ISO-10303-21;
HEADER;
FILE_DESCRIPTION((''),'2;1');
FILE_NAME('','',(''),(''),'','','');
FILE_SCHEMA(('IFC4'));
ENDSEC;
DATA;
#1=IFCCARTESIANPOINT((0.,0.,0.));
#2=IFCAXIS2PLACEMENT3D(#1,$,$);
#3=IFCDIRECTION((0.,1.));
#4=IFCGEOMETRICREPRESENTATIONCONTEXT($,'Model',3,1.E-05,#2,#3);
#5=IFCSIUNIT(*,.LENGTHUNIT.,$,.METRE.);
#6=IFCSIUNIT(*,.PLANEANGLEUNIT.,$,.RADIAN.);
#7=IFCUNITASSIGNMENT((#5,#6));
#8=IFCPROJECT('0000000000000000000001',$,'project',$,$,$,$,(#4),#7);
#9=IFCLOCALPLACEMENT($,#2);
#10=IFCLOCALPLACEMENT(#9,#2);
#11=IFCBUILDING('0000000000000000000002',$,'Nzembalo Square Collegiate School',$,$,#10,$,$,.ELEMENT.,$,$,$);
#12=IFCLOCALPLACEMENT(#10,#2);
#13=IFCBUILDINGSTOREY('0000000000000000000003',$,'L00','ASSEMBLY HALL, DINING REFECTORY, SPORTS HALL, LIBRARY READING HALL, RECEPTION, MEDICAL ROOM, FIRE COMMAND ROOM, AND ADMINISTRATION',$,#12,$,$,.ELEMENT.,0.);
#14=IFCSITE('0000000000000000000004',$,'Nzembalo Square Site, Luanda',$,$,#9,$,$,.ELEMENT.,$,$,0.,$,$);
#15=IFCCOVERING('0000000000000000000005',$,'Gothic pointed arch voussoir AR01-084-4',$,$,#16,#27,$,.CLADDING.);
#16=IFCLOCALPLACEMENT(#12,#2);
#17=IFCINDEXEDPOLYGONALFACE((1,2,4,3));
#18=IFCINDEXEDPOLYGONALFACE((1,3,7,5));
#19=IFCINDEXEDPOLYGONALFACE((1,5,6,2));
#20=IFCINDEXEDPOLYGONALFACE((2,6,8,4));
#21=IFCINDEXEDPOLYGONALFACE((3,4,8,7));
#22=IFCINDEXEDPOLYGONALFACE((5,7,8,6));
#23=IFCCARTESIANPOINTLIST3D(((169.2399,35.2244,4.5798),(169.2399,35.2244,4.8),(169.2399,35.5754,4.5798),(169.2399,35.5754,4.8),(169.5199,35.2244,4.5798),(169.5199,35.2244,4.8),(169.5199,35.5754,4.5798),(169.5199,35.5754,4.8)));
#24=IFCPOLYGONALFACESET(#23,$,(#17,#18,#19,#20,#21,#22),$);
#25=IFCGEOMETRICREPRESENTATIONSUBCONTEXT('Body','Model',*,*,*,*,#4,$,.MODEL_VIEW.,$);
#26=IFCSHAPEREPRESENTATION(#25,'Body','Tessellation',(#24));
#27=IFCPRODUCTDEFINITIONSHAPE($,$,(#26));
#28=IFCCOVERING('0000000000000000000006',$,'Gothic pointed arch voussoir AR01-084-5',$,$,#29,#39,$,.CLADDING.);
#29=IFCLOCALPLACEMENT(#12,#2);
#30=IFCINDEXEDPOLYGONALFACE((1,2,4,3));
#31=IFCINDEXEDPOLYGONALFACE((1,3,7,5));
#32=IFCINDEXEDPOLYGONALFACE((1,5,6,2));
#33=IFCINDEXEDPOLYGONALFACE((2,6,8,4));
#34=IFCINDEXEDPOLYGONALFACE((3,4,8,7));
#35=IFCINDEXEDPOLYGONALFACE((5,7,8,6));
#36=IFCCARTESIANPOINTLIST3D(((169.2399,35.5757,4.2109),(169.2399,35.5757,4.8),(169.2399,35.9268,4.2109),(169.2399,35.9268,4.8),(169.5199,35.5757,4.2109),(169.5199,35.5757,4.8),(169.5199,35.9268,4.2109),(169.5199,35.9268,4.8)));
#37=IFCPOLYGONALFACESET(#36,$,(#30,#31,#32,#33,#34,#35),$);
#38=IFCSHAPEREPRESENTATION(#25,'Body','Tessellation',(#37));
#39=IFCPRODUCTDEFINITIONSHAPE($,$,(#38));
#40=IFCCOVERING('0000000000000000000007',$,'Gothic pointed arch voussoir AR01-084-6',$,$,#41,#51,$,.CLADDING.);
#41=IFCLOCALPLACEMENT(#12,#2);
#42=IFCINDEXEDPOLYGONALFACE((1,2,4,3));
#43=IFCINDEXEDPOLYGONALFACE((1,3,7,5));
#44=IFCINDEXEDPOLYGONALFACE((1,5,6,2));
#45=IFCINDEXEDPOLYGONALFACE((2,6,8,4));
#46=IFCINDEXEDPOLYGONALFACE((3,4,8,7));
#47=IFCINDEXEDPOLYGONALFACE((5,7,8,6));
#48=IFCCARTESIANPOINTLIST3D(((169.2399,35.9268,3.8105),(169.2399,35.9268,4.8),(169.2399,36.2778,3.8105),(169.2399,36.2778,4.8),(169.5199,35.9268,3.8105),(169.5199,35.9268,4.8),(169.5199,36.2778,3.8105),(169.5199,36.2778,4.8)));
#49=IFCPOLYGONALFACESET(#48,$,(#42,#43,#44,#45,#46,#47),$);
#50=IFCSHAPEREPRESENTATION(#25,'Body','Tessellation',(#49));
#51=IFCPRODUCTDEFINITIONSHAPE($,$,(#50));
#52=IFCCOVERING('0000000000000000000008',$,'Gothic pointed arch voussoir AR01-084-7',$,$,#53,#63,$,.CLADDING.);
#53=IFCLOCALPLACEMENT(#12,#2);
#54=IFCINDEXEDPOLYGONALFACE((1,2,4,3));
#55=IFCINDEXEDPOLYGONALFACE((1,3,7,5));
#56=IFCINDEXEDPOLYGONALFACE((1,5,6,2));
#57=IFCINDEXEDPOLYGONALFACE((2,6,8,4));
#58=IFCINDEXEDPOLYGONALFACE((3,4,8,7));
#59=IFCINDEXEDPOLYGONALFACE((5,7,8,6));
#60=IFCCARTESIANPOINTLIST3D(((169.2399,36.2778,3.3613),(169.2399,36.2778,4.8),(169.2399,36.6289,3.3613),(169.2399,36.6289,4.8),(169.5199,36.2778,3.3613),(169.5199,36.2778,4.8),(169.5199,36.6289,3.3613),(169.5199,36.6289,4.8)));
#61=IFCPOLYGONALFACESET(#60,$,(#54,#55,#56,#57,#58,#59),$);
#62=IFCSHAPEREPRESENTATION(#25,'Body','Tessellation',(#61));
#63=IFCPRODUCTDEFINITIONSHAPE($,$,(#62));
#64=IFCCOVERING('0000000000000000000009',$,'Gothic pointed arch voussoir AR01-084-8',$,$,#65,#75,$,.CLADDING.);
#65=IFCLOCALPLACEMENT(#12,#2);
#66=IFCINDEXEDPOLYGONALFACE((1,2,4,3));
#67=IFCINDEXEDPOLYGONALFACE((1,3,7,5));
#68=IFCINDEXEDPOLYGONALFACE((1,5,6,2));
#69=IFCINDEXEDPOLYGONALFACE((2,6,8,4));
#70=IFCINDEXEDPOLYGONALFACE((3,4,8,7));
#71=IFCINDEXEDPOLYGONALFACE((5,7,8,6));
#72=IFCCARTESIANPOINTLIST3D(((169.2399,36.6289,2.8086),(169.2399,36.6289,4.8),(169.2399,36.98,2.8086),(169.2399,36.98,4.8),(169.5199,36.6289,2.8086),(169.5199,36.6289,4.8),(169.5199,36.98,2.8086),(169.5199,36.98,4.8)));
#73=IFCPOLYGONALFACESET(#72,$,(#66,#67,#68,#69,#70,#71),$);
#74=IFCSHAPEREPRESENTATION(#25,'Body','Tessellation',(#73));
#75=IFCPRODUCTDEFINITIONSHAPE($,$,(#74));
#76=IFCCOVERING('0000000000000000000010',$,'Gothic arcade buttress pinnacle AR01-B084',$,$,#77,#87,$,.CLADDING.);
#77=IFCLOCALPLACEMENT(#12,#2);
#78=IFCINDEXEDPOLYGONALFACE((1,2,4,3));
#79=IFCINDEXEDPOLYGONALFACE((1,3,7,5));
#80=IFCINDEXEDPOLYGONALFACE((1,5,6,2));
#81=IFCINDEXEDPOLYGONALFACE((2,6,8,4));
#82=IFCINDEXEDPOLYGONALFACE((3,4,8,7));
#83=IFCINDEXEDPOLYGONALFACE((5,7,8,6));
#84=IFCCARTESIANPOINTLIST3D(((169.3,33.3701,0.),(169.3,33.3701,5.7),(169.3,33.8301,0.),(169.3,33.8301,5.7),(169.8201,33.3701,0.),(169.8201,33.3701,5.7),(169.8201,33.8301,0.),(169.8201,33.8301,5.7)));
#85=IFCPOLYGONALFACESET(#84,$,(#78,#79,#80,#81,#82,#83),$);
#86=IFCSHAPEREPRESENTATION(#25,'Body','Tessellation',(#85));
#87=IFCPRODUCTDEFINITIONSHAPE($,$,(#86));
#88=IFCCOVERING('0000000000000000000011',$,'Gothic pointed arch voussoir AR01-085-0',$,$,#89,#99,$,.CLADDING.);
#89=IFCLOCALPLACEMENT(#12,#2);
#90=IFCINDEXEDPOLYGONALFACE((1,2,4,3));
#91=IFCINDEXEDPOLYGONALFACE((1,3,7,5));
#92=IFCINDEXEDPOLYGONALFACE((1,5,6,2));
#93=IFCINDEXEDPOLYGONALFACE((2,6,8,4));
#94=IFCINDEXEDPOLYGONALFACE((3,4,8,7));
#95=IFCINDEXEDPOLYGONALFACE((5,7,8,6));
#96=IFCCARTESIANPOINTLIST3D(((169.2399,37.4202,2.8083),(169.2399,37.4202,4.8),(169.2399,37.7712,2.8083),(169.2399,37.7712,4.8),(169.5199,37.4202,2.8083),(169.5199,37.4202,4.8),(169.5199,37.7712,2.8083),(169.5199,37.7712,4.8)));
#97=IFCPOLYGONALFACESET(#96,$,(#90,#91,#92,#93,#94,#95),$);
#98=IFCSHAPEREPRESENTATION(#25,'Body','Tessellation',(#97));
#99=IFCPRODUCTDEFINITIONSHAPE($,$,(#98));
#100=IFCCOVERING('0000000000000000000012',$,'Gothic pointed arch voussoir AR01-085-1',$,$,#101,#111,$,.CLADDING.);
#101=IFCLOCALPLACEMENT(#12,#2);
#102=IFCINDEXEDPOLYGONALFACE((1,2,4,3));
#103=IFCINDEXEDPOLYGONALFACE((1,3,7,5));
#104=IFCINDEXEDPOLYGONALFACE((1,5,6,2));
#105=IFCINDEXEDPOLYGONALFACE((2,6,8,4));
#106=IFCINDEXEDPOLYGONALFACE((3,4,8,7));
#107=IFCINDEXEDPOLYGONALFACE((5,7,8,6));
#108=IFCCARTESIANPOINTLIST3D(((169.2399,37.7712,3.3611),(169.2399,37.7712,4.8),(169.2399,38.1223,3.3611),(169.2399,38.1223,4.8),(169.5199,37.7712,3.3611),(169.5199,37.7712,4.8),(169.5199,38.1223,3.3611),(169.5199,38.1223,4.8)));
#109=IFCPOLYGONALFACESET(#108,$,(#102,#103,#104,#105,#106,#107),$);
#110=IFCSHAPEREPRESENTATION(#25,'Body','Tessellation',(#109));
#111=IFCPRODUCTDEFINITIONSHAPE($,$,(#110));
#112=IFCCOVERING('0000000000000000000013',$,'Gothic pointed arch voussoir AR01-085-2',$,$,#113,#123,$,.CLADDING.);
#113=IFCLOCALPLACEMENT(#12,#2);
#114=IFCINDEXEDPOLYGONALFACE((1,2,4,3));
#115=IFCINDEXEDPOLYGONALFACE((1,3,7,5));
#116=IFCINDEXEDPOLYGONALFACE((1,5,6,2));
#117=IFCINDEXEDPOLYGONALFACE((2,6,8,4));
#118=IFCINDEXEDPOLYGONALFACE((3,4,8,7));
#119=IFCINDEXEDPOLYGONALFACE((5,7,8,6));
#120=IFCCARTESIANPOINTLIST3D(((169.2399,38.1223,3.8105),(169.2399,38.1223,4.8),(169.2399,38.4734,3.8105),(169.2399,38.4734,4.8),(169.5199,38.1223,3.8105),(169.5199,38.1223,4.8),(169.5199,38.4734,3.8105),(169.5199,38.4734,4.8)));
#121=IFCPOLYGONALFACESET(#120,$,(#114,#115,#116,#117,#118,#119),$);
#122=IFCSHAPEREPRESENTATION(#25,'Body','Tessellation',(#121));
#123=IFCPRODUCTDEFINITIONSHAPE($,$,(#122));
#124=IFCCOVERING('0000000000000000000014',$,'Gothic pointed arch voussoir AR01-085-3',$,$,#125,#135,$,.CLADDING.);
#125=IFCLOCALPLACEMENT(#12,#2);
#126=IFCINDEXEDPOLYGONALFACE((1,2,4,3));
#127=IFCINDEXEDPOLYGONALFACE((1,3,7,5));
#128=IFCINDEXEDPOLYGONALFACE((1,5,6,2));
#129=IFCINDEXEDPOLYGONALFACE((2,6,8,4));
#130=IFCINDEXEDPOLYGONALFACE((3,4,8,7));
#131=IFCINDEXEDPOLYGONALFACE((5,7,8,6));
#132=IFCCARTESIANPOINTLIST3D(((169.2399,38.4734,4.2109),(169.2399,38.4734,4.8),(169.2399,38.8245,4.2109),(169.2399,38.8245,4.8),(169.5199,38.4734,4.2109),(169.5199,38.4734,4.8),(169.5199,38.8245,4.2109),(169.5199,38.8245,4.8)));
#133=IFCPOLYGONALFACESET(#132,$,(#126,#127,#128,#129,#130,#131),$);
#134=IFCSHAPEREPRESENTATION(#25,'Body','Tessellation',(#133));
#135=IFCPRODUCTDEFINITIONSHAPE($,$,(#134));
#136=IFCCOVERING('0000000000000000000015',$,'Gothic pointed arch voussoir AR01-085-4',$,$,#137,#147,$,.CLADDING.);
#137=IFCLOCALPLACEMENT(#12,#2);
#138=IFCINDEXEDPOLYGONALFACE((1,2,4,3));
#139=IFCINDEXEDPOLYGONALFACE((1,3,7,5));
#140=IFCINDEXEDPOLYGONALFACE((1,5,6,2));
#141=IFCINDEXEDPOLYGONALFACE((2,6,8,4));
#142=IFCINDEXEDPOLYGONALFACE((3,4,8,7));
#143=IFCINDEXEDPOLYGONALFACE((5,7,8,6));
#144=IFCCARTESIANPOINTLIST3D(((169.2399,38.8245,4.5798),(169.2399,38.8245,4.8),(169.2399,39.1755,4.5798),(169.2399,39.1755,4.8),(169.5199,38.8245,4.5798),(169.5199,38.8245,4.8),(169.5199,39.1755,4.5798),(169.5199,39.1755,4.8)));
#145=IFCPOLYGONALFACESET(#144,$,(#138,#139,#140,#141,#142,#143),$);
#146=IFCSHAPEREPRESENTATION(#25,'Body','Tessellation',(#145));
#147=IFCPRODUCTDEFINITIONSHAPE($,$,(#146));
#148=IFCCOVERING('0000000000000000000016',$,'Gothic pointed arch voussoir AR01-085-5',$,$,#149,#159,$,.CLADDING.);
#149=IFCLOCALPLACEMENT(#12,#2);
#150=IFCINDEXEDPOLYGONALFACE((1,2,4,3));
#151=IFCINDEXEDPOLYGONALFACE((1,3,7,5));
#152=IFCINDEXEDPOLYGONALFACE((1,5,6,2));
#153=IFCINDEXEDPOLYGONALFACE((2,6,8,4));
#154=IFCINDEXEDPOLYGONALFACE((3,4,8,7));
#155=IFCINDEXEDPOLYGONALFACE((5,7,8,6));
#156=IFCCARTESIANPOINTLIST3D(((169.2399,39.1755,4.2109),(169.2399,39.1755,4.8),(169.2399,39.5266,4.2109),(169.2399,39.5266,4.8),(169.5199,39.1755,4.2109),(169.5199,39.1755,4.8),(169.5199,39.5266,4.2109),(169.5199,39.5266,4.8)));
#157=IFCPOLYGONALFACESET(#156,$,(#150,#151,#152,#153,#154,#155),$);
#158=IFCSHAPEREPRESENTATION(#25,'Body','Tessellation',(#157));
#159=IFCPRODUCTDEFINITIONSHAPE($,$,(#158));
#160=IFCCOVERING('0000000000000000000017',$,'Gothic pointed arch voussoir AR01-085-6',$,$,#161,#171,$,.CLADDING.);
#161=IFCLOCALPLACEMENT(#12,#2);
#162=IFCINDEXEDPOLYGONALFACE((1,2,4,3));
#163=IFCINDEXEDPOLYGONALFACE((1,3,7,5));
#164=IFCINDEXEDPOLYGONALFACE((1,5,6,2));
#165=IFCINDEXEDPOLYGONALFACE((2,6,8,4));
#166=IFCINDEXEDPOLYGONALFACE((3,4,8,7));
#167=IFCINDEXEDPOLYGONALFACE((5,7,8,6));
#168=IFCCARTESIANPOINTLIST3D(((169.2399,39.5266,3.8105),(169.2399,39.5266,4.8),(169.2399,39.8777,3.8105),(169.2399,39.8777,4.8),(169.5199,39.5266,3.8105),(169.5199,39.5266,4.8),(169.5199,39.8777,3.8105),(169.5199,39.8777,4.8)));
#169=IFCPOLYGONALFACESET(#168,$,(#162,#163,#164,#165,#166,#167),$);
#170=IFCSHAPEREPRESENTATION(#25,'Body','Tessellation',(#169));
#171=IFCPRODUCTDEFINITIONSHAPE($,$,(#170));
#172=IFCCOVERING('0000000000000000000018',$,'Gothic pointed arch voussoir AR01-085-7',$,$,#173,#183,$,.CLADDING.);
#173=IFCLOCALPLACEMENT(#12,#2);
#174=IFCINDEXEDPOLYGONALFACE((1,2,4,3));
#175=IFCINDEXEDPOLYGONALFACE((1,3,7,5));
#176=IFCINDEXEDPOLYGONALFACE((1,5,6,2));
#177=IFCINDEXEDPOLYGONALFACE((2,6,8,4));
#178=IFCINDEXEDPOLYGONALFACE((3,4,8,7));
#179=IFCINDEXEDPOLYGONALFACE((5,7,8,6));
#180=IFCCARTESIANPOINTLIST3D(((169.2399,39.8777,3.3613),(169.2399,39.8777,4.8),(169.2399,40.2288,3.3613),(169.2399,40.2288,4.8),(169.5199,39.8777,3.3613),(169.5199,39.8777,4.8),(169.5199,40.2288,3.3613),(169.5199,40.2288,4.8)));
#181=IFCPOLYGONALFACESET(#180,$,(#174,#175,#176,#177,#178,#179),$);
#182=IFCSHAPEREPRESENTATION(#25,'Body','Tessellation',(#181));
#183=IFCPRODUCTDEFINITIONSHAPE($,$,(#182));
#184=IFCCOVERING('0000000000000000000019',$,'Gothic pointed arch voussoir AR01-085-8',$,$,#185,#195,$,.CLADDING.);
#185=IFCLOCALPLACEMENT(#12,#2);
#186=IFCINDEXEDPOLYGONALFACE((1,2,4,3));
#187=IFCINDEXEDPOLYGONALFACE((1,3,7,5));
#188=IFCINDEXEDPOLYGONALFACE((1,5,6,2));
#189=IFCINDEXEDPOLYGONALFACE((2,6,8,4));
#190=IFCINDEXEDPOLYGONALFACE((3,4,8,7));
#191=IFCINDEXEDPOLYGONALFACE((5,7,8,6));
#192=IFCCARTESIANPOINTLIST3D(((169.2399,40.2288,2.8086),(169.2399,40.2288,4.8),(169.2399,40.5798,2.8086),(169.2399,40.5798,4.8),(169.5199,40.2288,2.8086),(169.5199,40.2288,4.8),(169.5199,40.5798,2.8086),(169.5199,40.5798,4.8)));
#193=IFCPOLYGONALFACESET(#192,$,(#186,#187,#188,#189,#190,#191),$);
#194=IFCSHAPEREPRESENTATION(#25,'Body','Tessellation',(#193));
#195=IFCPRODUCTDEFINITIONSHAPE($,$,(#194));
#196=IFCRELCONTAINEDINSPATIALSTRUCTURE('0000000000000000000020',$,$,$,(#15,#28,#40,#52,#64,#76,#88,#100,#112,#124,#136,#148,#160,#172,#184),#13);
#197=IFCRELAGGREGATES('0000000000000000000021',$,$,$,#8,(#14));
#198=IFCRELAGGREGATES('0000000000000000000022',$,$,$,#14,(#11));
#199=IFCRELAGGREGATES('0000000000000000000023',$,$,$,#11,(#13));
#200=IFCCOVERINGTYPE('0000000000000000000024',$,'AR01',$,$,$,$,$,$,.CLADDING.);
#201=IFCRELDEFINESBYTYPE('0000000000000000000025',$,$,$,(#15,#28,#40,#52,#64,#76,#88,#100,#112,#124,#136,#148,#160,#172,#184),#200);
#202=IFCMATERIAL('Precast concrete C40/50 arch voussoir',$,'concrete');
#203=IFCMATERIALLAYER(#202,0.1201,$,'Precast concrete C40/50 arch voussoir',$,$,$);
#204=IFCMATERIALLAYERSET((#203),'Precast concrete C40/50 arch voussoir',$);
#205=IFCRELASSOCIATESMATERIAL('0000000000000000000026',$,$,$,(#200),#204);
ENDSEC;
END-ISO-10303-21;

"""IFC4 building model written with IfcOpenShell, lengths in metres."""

from ifc_helpers import new_model, si_unit, direction, frame, origin, origin_2d, place, context, subcontext, project, spatial, rectangle, extrude, material, layer, layer_set, type_object, element, save


model = new_model("IFC4")

# Units and contexts
model_context = context("Model", 3, precision=1e-05, world=origin(), true_north=direction((0.0, 1.0)))
body_context = subcontext(model_context, "Body", "Model", "MODEL_VIEW")
ifc_project = project(units=[si_unit("LENGTHUNIT", "METRE"), si_unit("PLANEANGLEUNIT", "RADIAN")], contexts=[model_context])

# Site, building, storey
site_placement = place(None, origin())
site = spatial("IfcSite", under=ifc_project, at=site_placement, Name="Nzembalo Square Site, Luanda", CompositionType="ELEMENT", RefElevation=0.0)
building_placement = place(site_placement, origin())
building = spatial("IfcBuilding", under=site, at=building_placement, Name="Nzembalo Square Collegiate School", CompositionType="ELEMENT")
storey_placement = place(building_placement, origin())
storey = spatial("IfcBuildingStorey", under=building, at=storey_placement, Name="L00", Description="ASSEMBLY HALL, DINING REFECTORY, SPORTS HALL, LIBRARY READING HALL, RECEPTION, MEDICAL ROOM, FIRE COMMAND ROOM, AND ADMINISTRATION", CompositionType="ELEMENT", Elevation=0.0)

# Coverings
ifc_material = material(Name="Precast concrete C40/50 arch voussoir", Category="concrete")
ifc_layer = layer(ifc_material, 0.1201, Name="Precast concrete C40/50 arch voussoir")
ifc_layer_set = layer_set([ifc_layer], Name="Precast concrete C40/50 arch voussoir")
covering_type = type_object("IfcCoveringType", Name="AR01", PredefinedType="CLADDING", material=ifc_layer_set)
covering_1_placement = place(storey_placement, frame((169.3799, 35.3999, 4.5798), z_axis=(0.0, 0.0, 1.0), x_axis=(1.0, 0.0, 0.0)))
element("IfcCovering", 1, at=covering_1_placement, inside=storey, type_object=covering_type, Name="Gothic pointed arch voussoir AR01-084-4", PredefinedType="CLADDING", context=body_context, shape_type="SweptSolid", body=[
    extrude(rectangle(XDim=0.28, YDim=0.3511, at=origin_2d()), origin(), (0.0, 0.0, 1.0), 0.2202),
])
covering_2_placement = place(storey_placement, frame((169.3799, 35.7512, 4.2109), z_axis=(0.0, 0.0, 1.0), x_axis=(1.0, 0.0, 0.0)))
element("IfcCovering", 2, at=covering_2_placement, inside=storey, type_object=covering_type, Name="Gothic pointed arch voussoir AR01-084-5", PredefinedType="CLADDING", context=body_context, shape_type="SweptSolid", body=[
    extrude(rectangle(XDim=0.28, YDim=0.3511, at=origin_2d()), origin(), (0.0, 0.0, 1.0), 0.5891),
])
covering_3_placement = place(storey_placement, frame((169.3799, 36.1023, 3.8105), z_axis=(0.0, 0.0, 1.0), x_axis=(1.0, 0.0, 0.0)))
element("IfcCovering", 3, at=covering_3_placement, inside=storey, type_object=covering_type, Name="Gothic pointed arch voussoir AR01-084-6", PredefinedType="CLADDING", context=body_context, shape_type="SweptSolid", body=[
    extrude(rectangle(XDim=0.28, YDim=0.3511, at=origin_2d()), origin(), (0.0, 0.0, 1.0), 0.9895),
])
covering_4_placement = place(storey_placement, frame((169.3799, 36.4534, 3.3613), z_axis=(0.0, 0.0, 1.0), x_axis=(1.0, 0.0, 0.0)))
element("IfcCovering", 4, at=covering_4_placement, inside=storey, type_object=covering_type, Name="Gothic pointed arch voussoir AR01-084-7", PredefinedType="CLADDING", context=body_context, shape_type="SweptSolid", body=[
    extrude(rectangle(XDim=0.28, YDim=0.3511, at=origin_2d()), origin(), (0.0, 0.0, 1.0), 1.4387),
])
covering_5_placement = place(storey_placement, frame((169.3799, 36.8044, 2.8086), z_axis=(0.0, 0.0, 1.0), x_axis=(1.0, 0.0, 0.0)))
element("IfcCovering", 5, at=covering_5_placement, inside=storey, type_object=covering_type, Name="Gothic pointed arch voussoir AR01-084-8", PredefinedType="CLADDING", context=body_context, shape_type="SweptSolid", body=[
    extrude(rectangle(XDim=0.28, YDim=0.3511, at=origin_2d()), origin(), (0.0, 0.0, 1.0), 1.9915),
])
covering_6_placement = place(storey_placement, frame((169.5601, 33.6001, 0.0), z_axis=(0.0, 0.0, 1.0), x_axis=(1.0, 0.0, 0.0)))
element("IfcCovering", 6, at=covering_6_placement, inside=storey, type_object=covering_type, Name="Gothic arcade buttress pinnacle AR01-B084", PredefinedType="CLADDING", context=body_context, shape_type="SweptSolid", body=[
    extrude(rectangle(XDim=0.52, YDim=0.46, at=origin_2d()), origin(), (0.0, 0.0, 1.0), 5.7),
])
covering_7_placement = place(storey_placement, frame((169.3799, 37.5957, 2.8083), z_axis=(0.0, 0.0, 1.0), x_axis=(1.0, 0.0, 0.0)))
element("IfcCovering", 7, at=covering_7_placement, inside=storey, type_object=covering_type, Name="Gothic pointed arch voussoir AR01-085-0", PredefinedType="CLADDING", context=body_context, shape_type="SweptSolid", body=[
    extrude(rectangle(XDim=0.28, YDim=0.3511, at=origin_2d()), origin(), (0.0, 0.0, 1.0), 1.9917),
])
covering_8_placement = place(storey_placement, frame((169.3799, 37.9468, 3.3611), z_axis=(0.0, 0.0, 1.0), x_axis=(1.0, 0.0, 0.0)))
element("IfcCovering", 8, at=covering_8_placement, inside=storey, type_object=covering_type, Name="Gothic pointed arch voussoir AR01-085-1", PredefinedType="CLADDING", context=body_context, shape_type="SweptSolid", body=[
    extrude(rectangle(XDim=0.28, YDim=0.3511, at=origin_2d()), origin(), (0.0, 0.0, 1.0), 1.439),
])
covering_9_placement = place(storey_placement, frame((169.3799, 38.2979, 3.8105), z_axis=(0.0, 0.0, 1.0), x_axis=(1.0, 0.0, 0.0)))
element("IfcCovering", 9, at=covering_9_placement, inside=storey, type_object=covering_type, Name="Gothic pointed arch voussoir AR01-085-2", PredefinedType="CLADDING", context=body_context, shape_type="SweptSolid", body=[
    extrude(rectangle(XDim=0.28, YDim=0.3511, at=origin_2d()), origin(), (0.0, 0.0, 1.0), 0.9895),
])
covering_10_placement = place(storey_placement, frame((169.3799, 38.6489, 4.2109), z_axis=(0.0, 0.0, 1.0), x_axis=(1.0, 0.0, 0.0)))
element("IfcCovering", 10, at=covering_10_placement, inside=storey, type_object=covering_type, Name="Gothic pointed arch voussoir AR01-085-3", PredefinedType="CLADDING", context=body_context, shape_type="SweptSolid", body=[
    extrude(rectangle(XDim=0.28, YDim=0.3511, at=origin_2d()), origin(), (0.0, 0.0, 1.0), 0.5891),
])
covering_11_placement = place(storey_placement, frame((169.3799, 39.0, 4.5798), z_axis=(0.0, 0.0, 1.0), x_axis=(1.0, 0.0, 0.0)))
element("IfcCovering", 11, at=covering_11_placement, inside=storey, type_object=covering_type, Name="Gothic pointed arch voussoir AR01-085-4", PredefinedType="CLADDING", context=body_context, shape_type="SweptSolid", body=[
    extrude(rectangle(XDim=0.28, YDim=0.3511, at=origin_2d()), origin(), (0.0, 0.0, 1.0), 0.2202),
])
covering_12_placement = place(storey_placement, frame((169.3799, 39.3511, 4.2109), z_axis=(0.0, 0.0, 1.0), x_axis=(1.0, 0.0, 0.0)))
element("IfcCovering", 12, at=covering_12_placement, inside=storey, type_object=covering_type, Name="Gothic pointed arch voussoir AR01-085-5", PredefinedType="CLADDING", context=body_context, shape_type="SweptSolid", body=[
    extrude(rectangle(XDim=0.28, YDim=0.3511, at=origin_2d()), origin(), (0.0, 0.0, 1.0), 0.5891),
])
covering_13_placement = place(storey_placement, frame((169.3799, 39.7021, 3.8105), z_axis=(0.0, 0.0, 1.0), x_axis=(1.0, 0.0, 0.0)))
element("IfcCovering", 13, at=covering_13_placement, inside=storey, type_object=covering_type, Name="Gothic pointed arch voussoir AR01-085-6", PredefinedType="CLADDING", context=body_context, shape_type="SweptSolid", body=[
    extrude(rectangle(XDim=0.28, YDim=0.3511, at=origin_2d()), origin(), (0.0, 0.0, 1.0), 0.9895),
])
covering_14_placement = place(storey_placement, frame((169.3799, 40.0532, 3.3613), z_axis=(0.0, 0.0, 1.0), x_axis=(1.0, 0.0, 0.0)))
element("IfcCovering", 14, at=covering_14_placement, inside=storey, type_object=covering_type, Name="Gothic pointed arch voussoir AR01-085-7", PredefinedType="CLADDING", context=body_context, shape_type="SweptSolid", body=[
    extrude(rectangle(XDim=0.28, YDim=0.3511, at=origin_2d()), origin(), (0.0, 0.0, 1.0), 1.4387),
])
covering_15_placement = place(storey_placement, frame((169.3799, 40.4043, 2.8086), z_axis=(0.0, 0.0, 1.0), x_axis=(1.0, 0.0, 0.0)))
element("IfcCovering", 15, at=covering_15_placement, inside=storey, type_object=covering_type, Name="Gothic pointed arch voussoir AR01-085-8", PredefinedType="CLADDING", context=body_context, shape_type="SweptSolid", body=[
    extrude(rectangle(XDim=0.28, YDim=0.3511, at=origin_2d()), origin(), (0.0, 0.0, 1.0), 1.9915),
])

save(model, "model.ifc")
